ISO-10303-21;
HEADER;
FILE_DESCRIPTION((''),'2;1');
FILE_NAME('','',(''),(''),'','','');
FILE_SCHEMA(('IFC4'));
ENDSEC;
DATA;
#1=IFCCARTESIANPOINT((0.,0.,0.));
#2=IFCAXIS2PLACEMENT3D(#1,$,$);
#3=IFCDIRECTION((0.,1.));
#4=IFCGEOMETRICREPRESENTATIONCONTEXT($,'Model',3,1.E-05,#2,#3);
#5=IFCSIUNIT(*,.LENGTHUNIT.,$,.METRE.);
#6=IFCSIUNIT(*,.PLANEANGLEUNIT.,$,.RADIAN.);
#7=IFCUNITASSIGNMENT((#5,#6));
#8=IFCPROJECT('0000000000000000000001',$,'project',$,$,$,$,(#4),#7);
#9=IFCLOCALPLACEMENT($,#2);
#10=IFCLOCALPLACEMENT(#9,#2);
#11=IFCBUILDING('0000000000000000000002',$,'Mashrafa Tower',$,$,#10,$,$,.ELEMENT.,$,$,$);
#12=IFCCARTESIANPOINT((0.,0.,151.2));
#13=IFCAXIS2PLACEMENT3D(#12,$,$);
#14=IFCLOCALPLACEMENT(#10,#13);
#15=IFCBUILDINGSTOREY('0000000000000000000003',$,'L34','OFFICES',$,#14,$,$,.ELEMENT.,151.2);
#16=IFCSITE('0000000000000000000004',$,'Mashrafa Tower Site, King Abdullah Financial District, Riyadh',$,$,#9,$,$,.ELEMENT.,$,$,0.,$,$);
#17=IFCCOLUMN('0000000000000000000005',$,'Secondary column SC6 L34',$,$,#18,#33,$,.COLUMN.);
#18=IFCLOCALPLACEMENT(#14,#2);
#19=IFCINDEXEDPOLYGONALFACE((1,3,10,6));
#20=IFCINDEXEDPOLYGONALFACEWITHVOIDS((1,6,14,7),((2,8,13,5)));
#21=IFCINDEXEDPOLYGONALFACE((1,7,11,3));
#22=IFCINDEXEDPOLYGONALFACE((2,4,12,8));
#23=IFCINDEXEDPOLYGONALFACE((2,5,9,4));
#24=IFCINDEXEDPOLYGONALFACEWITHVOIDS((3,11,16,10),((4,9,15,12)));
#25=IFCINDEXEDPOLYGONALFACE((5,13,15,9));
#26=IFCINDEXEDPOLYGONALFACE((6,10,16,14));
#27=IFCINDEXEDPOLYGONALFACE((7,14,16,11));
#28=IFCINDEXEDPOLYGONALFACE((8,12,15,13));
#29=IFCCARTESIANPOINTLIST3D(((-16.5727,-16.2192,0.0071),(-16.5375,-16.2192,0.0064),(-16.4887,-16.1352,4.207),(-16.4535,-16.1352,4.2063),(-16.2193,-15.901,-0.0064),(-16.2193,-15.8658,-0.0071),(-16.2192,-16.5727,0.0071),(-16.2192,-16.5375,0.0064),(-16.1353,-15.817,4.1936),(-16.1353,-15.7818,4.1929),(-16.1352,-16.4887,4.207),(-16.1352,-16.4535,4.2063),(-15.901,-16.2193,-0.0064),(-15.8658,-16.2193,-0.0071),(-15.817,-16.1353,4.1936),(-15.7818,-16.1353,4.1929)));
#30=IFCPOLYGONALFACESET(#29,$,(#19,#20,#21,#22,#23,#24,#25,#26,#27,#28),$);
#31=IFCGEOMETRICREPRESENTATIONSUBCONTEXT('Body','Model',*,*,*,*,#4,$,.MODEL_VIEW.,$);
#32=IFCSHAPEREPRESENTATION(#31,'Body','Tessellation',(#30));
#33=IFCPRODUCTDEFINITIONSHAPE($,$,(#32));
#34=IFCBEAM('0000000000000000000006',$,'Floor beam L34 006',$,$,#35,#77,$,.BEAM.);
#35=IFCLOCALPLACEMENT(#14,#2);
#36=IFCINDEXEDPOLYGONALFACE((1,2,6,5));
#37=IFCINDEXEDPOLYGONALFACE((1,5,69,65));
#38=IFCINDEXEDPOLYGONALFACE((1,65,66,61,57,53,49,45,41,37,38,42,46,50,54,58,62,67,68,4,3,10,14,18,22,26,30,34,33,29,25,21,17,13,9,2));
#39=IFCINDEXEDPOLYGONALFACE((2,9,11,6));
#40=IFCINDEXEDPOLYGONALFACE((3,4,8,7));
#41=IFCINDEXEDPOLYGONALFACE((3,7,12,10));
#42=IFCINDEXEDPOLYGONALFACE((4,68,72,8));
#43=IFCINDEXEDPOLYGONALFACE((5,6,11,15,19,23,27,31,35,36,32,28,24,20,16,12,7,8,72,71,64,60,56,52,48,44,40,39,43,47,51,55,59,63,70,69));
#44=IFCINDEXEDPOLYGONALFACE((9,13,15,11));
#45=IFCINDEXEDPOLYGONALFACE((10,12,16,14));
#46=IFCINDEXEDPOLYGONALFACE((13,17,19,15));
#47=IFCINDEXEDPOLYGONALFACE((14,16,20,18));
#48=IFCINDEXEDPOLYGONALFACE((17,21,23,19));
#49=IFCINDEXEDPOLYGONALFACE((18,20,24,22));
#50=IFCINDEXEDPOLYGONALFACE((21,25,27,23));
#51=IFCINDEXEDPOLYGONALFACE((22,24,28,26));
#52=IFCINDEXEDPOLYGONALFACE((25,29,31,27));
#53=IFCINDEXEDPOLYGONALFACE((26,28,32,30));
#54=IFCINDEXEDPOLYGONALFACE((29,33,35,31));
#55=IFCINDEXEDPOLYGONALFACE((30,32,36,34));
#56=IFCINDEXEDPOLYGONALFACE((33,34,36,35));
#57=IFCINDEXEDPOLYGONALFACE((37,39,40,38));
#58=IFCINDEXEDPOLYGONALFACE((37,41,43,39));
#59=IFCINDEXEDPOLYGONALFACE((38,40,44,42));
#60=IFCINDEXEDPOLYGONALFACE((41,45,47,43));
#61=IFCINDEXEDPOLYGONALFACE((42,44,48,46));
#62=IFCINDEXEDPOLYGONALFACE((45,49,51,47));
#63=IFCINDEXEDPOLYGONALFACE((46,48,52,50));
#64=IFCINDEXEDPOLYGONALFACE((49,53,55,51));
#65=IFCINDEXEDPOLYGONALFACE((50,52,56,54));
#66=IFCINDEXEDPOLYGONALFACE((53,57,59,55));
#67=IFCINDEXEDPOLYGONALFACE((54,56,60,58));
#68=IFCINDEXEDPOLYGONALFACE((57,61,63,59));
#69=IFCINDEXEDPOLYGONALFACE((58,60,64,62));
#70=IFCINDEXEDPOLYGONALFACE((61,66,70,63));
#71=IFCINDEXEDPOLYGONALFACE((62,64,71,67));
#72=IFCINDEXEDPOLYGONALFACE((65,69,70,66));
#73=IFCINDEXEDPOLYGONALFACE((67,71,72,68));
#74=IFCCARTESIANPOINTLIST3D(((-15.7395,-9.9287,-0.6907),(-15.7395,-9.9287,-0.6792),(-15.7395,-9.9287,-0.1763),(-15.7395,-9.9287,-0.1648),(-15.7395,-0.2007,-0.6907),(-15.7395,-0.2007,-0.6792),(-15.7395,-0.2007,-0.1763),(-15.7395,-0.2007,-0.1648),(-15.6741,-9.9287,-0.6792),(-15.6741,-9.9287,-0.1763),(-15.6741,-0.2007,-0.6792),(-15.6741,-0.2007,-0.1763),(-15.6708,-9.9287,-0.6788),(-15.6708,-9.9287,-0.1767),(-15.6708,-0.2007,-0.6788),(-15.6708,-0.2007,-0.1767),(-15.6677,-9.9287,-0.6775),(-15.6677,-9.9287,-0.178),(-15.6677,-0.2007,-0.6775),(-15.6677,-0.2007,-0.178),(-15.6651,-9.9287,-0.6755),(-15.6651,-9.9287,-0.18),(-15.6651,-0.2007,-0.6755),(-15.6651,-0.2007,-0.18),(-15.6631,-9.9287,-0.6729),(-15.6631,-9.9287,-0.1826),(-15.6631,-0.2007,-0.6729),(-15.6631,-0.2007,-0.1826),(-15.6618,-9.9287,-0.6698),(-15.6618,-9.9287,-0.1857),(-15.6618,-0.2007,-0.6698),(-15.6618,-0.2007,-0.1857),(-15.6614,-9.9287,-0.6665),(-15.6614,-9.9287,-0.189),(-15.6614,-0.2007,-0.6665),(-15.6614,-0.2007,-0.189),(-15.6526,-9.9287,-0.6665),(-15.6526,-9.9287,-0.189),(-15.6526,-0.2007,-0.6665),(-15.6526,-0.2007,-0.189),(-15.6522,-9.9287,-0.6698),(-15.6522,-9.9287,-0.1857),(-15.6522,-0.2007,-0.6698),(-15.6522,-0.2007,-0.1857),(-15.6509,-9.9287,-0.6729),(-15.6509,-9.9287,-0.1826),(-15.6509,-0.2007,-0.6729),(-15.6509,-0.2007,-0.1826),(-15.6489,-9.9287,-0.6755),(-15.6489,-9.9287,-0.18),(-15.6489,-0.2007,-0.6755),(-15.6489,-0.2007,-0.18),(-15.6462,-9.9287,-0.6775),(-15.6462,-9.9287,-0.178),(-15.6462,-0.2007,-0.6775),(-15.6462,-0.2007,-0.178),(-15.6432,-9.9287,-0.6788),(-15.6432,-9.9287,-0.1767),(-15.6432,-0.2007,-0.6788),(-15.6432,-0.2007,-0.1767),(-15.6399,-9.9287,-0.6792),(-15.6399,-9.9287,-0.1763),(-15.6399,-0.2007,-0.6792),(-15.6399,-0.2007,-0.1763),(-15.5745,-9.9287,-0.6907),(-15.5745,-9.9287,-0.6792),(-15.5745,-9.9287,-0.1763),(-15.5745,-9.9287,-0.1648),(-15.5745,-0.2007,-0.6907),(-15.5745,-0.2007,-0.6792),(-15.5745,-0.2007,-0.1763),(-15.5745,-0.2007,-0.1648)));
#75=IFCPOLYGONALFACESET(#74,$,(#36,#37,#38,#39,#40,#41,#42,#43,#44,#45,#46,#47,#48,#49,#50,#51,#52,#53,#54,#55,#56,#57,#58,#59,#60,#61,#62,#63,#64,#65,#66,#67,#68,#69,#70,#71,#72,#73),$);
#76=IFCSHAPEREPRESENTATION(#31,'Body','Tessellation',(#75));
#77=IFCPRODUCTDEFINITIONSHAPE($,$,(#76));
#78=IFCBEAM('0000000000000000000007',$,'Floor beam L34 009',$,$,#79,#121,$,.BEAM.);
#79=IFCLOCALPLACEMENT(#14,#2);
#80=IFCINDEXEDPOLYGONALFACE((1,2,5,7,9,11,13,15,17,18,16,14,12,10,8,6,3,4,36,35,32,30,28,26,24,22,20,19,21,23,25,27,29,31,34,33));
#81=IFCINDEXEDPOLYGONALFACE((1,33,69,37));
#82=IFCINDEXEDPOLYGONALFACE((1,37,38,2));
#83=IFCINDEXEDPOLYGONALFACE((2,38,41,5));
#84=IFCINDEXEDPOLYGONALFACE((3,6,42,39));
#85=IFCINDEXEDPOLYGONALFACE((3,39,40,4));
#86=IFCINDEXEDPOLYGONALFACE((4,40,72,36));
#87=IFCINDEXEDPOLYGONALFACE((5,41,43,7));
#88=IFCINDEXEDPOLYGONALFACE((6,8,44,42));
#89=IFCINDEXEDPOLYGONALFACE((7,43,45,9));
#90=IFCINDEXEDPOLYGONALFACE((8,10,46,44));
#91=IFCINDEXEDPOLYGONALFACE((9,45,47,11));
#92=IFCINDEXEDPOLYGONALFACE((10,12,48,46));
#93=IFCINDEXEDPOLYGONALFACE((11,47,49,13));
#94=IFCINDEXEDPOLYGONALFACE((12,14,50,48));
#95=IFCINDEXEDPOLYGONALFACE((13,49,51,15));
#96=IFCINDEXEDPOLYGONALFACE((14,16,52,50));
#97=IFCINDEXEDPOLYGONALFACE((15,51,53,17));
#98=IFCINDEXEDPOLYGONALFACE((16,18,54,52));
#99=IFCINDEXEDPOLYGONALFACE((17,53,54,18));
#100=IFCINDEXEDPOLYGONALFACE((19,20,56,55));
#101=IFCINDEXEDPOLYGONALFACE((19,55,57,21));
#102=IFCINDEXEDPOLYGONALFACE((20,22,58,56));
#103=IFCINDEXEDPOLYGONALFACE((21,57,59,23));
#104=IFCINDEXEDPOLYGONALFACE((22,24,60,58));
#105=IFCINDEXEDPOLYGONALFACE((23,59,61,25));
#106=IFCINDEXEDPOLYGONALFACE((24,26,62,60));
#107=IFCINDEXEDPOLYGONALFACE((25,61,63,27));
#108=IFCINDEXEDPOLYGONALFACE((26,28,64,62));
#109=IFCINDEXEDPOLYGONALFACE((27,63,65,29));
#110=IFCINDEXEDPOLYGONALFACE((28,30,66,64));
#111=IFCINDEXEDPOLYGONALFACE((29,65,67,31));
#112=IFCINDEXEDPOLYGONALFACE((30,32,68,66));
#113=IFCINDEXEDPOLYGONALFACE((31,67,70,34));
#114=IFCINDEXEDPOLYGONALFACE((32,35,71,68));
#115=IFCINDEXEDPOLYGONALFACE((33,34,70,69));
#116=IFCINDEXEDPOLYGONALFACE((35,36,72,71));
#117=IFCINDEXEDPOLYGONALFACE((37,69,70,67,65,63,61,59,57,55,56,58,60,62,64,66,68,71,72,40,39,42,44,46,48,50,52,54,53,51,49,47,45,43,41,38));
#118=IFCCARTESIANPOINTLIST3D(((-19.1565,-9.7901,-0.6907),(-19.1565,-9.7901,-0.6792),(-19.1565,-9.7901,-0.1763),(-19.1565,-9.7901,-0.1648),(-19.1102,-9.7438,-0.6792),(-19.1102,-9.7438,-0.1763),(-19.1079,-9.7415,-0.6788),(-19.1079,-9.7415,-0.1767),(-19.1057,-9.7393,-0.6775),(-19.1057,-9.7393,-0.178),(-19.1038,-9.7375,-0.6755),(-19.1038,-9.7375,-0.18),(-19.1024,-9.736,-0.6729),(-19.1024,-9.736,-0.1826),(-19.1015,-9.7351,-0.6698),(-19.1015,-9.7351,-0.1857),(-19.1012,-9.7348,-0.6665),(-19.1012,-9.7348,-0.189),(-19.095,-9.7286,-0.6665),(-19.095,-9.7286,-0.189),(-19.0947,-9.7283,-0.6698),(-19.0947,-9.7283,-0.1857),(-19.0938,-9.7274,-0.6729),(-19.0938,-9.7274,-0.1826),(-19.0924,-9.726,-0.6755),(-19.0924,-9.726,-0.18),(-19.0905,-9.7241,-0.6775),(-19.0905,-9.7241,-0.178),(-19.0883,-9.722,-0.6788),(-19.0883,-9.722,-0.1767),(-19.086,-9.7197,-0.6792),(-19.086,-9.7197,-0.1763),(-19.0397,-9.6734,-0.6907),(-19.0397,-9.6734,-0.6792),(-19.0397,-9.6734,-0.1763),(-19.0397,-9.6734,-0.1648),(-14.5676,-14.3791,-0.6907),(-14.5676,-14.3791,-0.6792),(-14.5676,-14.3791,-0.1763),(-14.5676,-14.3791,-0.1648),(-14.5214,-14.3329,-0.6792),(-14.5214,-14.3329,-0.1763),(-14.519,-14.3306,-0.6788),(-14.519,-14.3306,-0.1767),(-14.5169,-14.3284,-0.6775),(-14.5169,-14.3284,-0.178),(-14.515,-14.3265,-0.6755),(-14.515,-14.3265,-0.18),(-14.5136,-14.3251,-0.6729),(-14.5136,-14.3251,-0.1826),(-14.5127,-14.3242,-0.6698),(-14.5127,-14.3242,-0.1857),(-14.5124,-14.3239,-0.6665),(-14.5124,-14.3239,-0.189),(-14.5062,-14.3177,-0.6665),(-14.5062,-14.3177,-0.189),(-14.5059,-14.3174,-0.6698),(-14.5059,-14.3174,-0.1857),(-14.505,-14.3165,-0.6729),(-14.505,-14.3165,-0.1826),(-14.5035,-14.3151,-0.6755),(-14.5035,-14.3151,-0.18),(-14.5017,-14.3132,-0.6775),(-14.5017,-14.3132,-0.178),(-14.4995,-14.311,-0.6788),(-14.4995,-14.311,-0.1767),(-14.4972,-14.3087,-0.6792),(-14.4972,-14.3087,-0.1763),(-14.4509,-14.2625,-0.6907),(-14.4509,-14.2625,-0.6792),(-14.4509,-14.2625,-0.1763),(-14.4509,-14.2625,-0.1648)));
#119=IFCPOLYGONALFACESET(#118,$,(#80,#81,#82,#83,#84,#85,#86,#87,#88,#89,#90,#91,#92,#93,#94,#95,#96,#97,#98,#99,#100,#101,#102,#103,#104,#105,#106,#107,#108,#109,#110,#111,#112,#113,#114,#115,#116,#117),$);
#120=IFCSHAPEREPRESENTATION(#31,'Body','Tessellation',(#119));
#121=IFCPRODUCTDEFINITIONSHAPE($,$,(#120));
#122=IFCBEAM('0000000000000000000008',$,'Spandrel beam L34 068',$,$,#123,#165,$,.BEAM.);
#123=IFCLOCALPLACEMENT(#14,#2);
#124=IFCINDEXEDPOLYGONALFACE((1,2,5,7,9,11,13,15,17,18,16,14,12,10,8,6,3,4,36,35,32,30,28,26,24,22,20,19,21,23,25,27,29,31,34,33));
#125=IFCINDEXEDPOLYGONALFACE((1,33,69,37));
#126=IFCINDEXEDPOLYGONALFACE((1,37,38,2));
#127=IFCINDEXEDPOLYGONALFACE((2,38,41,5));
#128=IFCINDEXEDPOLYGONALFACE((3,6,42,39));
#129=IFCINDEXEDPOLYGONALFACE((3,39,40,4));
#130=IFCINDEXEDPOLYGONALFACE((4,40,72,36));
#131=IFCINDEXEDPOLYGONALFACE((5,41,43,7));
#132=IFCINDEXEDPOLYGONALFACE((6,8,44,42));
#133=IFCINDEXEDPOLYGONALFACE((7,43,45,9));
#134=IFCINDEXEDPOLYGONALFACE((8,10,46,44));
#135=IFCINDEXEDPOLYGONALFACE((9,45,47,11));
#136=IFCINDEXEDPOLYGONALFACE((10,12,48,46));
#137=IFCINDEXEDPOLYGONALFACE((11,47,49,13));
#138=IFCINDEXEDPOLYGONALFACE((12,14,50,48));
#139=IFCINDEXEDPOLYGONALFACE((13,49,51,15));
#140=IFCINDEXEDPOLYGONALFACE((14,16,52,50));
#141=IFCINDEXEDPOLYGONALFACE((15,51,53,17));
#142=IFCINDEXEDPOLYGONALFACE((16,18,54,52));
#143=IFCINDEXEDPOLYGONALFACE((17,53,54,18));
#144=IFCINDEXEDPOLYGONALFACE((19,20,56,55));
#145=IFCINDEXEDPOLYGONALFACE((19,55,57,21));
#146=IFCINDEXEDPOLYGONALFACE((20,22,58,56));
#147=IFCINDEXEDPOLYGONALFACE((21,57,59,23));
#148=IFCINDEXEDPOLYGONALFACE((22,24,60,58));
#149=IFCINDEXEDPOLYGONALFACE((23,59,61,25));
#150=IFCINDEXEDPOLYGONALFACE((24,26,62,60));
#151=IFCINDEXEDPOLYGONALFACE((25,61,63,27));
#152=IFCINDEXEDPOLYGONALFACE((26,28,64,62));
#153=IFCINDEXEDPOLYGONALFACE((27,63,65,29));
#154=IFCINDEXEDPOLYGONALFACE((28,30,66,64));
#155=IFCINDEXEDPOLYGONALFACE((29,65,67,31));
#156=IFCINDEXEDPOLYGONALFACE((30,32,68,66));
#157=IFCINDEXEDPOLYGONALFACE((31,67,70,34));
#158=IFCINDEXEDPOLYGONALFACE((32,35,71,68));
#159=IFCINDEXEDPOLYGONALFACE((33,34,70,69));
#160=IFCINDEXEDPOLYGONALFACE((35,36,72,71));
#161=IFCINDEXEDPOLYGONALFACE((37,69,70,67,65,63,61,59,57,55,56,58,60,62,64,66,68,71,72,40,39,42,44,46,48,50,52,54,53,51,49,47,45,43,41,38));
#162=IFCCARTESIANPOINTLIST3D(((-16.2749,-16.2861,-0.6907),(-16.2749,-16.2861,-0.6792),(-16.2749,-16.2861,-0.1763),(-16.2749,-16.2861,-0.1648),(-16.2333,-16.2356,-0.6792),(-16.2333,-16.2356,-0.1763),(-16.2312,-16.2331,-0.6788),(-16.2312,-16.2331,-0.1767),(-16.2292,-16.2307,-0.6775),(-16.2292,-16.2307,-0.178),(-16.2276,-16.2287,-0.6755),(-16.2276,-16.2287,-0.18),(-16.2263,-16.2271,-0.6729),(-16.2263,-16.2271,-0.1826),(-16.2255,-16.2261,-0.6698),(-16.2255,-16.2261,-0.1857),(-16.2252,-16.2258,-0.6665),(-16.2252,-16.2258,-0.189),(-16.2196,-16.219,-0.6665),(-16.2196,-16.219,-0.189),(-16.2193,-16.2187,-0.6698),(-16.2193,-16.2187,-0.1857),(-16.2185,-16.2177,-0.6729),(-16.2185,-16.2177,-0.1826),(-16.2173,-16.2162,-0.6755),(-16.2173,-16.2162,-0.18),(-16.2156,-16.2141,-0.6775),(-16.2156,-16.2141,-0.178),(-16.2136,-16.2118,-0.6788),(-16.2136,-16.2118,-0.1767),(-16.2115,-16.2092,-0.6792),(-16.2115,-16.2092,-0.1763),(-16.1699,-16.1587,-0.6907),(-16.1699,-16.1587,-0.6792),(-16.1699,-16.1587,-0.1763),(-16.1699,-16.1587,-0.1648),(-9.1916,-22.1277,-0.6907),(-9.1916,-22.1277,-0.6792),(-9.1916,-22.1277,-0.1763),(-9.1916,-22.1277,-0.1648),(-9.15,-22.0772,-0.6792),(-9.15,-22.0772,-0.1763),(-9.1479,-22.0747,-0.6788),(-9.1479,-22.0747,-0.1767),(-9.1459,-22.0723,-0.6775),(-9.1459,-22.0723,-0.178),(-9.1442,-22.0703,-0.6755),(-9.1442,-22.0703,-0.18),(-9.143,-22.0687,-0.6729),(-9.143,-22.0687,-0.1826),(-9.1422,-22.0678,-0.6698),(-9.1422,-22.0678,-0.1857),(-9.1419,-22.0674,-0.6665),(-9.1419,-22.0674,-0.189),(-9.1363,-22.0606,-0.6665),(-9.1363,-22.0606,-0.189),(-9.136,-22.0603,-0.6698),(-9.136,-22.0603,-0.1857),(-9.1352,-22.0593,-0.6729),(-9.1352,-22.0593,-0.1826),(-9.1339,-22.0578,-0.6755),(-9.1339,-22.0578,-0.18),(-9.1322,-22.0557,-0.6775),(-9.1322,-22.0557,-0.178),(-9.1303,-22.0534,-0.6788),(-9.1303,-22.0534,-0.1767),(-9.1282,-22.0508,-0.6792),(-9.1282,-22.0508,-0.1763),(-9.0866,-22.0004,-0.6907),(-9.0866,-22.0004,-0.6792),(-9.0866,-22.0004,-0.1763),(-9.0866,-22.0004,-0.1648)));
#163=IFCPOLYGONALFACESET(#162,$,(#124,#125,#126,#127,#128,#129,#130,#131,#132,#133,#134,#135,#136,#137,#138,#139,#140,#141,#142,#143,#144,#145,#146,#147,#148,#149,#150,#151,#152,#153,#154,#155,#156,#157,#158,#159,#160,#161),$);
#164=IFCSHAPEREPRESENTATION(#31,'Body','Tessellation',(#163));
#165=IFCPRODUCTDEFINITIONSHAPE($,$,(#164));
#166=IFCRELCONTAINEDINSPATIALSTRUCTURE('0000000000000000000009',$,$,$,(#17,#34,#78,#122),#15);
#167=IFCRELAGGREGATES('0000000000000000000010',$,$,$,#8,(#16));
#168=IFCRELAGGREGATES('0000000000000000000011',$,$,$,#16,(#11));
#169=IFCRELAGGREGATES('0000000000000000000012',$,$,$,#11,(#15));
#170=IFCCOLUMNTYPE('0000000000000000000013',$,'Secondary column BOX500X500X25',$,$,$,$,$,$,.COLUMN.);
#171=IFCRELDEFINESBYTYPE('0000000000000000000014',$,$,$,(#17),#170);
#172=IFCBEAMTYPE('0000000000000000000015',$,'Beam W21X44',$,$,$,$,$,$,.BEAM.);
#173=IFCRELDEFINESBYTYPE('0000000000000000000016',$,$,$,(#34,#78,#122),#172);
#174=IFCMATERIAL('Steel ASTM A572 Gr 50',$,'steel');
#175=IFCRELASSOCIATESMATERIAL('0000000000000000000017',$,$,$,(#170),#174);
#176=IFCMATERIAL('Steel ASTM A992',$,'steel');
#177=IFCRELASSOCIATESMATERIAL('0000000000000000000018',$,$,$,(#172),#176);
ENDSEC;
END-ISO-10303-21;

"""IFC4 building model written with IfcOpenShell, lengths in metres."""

from ifc_helpers import new_model, si_unit, direction, frame, origin, origin_2d, place, context, subcontext, project, spatial, hollow_rectangle, i_section, extrude, material, material_profile, profile_set, type_object, element, save


model = new_model("IFC4")

# Units and contexts
model_context = context("Model", 3, precision=1e-05, world=origin(), true_north=direction((0.0, 1.0)))
body_context = subcontext(model_context, "Body", "Model", "MODEL_VIEW")
ifc_project = project(units=[si_unit("LENGTHUNIT", "METRE"), si_unit("PLANEANGLEUNIT", "RADIAN")], contexts=[model_context])

# Site, building, storey
site_placement = place(None, origin())
site = spatial("IfcSite", under=ifc_project, at=site_placement, Name="Mashrafa Tower Site, King Abdullah Financial District, Riyadh", CompositionType="ELEMENT", RefElevation=0.0)
building_placement = place(site_placement, origin())
building = spatial("IfcBuilding", under=site, at=building_placement, Name="Mashrafa Tower", CompositionType="ELEMENT")
storey_placement = place(building_placement, frame((0.0, 0.0, 151.2)))
storey = spatial("IfcBuildingStorey", under=building, at=storey_placement, Name="L34", Description="OFFICES", CompositionType="ELEMENT", Elevation=151.2)

# Column
ifc_material_1 = material(Name="Steel ASTM A572 Gr 50", Category="steel")
ifc_material_profile_1 = material_profile(ifc_material_1, hollow_rectangle(XDim=0.5, YDim=0.5, WallThickness=0.0249, at=origin_2d()), Name="BOX500X500X25")
ifc_profile_set_1 = profile_set([ifc_material_profile_1], Name="Steel ASTM A572 Gr 50")
column_type = type_object("IfcColumnType", Name="Secondary column BOX500X500X25", PredefinedType="COLUMN", material=ifc_profile_set_1)
column_placement = place(storey_placement, frame((-16.2192, -16.2192, 0.0), z_axis=(0.019989, 0.019989, 0.9996), x_axis=(-0.707107, 0.707107, 0.0)))
element("IfcColumn", 1, at=column_placement, inside=storey, type_object=column_type, Name="Secondary column SC6 L34", PredefinedType="COLUMN", context=body_context, shape_type="SweptSolid", body=[
    extrude(hollow_rectangle(XDim=0.5, YDim=0.5, WallThickness=0.0249, at=origin_2d()), origin(), (0.0, 0.0, 1.0), 4.2017),
])

# Beams
ifc_material_2 = material(Name="Steel ASTM A992", Category="steel")
ifc_material_profile_2 = material_profile(ifc_material_2, i_section(OverallWidth=0.165, OverallDepth=0.5259, WebThickness=0.0088, FlangeThickness=0.0115, FilletRadius=0.0127, at=origin_2d()), Name="W21X44")
ifc_profile_set_2 = profile_set([ifc_material_profile_2], Name="Steel ASTM A992")
beam_type_1 = type_object("IfcBeamType", Name="Beam W21X44", PredefinedType="BEAM", material=ifc_profile_set_2)
beam_1_placement = place(storey_placement, frame((-15.657, -9.9287, -0.4277), z_axis=(0.0, 1.0, 0.0), x_axis=(-1.0, 0.0, 0.0)))
element("IfcBeam", 2, at=beam_1_placement, inside=storey, type_object=beam_type_1, Name="Floor beam L34 006", PredefinedType="BEAM", context=body_context, shape_type="SweptSolid", body=[
    extrude(i_section(OverallWidth=0.165, OverallDepth=0.5259, WebThickness=0.0088, FlangeThickness=0.0115, FilletRadius=0.0127, at=origin_2d()), origin(), (0.0, 0.0, 1.0), 9.728),
])
beam_2_placement = place(storey_placement, frame((-14.5093, -14.3208, -0.4277), z_axis=(-0.707088, 0.707126, 0.0), x_axis=(-0.707126, -0.707088, 0.0)))
element("IfcBeam", 3, at=beam_2_placement, inside=storey, type_object=beam_type_1, Name="Floor beam L34 009", PredefinedType="BEAM", context=body_context, shape_type="SweptSolid", body=[
    extrude(i_section(OverallWidth=0.165, OverallDepth=0.5259, WebThickness=0.0088, FlangeThickness=0.0115, FilletRadius=0.0127, at=origin_2d()), origin(), (0.0, 0.0, 1.0), 6.4897),
])
beam_3_placement = place(storey_placement, frame((-16.2224, -16.2224, -0.4277), z_axis=(0.771487, -0.636245, 0.0), x_axis=(0.636245, 0.771487, 0.0)))
element("IfcBeam", 4, at=beam_3_placement, inside=storey, type_object=beam_type_1, Name="Spandrel beam L34 068", PredefinedType="BEAM", context=body_context, shape_type="SweptSolid", body=[
    extrude(i_section(OverallWidth=0.165, OverallDepth=0.5259, WebThickness=0.0088, FlangeThickness=0.0115, FilletRadius=0.0127, at=origin_2d()), origin(), (0.0, 0.0, 1.0), 9.1814),
])

save(model, "model.ifc")
